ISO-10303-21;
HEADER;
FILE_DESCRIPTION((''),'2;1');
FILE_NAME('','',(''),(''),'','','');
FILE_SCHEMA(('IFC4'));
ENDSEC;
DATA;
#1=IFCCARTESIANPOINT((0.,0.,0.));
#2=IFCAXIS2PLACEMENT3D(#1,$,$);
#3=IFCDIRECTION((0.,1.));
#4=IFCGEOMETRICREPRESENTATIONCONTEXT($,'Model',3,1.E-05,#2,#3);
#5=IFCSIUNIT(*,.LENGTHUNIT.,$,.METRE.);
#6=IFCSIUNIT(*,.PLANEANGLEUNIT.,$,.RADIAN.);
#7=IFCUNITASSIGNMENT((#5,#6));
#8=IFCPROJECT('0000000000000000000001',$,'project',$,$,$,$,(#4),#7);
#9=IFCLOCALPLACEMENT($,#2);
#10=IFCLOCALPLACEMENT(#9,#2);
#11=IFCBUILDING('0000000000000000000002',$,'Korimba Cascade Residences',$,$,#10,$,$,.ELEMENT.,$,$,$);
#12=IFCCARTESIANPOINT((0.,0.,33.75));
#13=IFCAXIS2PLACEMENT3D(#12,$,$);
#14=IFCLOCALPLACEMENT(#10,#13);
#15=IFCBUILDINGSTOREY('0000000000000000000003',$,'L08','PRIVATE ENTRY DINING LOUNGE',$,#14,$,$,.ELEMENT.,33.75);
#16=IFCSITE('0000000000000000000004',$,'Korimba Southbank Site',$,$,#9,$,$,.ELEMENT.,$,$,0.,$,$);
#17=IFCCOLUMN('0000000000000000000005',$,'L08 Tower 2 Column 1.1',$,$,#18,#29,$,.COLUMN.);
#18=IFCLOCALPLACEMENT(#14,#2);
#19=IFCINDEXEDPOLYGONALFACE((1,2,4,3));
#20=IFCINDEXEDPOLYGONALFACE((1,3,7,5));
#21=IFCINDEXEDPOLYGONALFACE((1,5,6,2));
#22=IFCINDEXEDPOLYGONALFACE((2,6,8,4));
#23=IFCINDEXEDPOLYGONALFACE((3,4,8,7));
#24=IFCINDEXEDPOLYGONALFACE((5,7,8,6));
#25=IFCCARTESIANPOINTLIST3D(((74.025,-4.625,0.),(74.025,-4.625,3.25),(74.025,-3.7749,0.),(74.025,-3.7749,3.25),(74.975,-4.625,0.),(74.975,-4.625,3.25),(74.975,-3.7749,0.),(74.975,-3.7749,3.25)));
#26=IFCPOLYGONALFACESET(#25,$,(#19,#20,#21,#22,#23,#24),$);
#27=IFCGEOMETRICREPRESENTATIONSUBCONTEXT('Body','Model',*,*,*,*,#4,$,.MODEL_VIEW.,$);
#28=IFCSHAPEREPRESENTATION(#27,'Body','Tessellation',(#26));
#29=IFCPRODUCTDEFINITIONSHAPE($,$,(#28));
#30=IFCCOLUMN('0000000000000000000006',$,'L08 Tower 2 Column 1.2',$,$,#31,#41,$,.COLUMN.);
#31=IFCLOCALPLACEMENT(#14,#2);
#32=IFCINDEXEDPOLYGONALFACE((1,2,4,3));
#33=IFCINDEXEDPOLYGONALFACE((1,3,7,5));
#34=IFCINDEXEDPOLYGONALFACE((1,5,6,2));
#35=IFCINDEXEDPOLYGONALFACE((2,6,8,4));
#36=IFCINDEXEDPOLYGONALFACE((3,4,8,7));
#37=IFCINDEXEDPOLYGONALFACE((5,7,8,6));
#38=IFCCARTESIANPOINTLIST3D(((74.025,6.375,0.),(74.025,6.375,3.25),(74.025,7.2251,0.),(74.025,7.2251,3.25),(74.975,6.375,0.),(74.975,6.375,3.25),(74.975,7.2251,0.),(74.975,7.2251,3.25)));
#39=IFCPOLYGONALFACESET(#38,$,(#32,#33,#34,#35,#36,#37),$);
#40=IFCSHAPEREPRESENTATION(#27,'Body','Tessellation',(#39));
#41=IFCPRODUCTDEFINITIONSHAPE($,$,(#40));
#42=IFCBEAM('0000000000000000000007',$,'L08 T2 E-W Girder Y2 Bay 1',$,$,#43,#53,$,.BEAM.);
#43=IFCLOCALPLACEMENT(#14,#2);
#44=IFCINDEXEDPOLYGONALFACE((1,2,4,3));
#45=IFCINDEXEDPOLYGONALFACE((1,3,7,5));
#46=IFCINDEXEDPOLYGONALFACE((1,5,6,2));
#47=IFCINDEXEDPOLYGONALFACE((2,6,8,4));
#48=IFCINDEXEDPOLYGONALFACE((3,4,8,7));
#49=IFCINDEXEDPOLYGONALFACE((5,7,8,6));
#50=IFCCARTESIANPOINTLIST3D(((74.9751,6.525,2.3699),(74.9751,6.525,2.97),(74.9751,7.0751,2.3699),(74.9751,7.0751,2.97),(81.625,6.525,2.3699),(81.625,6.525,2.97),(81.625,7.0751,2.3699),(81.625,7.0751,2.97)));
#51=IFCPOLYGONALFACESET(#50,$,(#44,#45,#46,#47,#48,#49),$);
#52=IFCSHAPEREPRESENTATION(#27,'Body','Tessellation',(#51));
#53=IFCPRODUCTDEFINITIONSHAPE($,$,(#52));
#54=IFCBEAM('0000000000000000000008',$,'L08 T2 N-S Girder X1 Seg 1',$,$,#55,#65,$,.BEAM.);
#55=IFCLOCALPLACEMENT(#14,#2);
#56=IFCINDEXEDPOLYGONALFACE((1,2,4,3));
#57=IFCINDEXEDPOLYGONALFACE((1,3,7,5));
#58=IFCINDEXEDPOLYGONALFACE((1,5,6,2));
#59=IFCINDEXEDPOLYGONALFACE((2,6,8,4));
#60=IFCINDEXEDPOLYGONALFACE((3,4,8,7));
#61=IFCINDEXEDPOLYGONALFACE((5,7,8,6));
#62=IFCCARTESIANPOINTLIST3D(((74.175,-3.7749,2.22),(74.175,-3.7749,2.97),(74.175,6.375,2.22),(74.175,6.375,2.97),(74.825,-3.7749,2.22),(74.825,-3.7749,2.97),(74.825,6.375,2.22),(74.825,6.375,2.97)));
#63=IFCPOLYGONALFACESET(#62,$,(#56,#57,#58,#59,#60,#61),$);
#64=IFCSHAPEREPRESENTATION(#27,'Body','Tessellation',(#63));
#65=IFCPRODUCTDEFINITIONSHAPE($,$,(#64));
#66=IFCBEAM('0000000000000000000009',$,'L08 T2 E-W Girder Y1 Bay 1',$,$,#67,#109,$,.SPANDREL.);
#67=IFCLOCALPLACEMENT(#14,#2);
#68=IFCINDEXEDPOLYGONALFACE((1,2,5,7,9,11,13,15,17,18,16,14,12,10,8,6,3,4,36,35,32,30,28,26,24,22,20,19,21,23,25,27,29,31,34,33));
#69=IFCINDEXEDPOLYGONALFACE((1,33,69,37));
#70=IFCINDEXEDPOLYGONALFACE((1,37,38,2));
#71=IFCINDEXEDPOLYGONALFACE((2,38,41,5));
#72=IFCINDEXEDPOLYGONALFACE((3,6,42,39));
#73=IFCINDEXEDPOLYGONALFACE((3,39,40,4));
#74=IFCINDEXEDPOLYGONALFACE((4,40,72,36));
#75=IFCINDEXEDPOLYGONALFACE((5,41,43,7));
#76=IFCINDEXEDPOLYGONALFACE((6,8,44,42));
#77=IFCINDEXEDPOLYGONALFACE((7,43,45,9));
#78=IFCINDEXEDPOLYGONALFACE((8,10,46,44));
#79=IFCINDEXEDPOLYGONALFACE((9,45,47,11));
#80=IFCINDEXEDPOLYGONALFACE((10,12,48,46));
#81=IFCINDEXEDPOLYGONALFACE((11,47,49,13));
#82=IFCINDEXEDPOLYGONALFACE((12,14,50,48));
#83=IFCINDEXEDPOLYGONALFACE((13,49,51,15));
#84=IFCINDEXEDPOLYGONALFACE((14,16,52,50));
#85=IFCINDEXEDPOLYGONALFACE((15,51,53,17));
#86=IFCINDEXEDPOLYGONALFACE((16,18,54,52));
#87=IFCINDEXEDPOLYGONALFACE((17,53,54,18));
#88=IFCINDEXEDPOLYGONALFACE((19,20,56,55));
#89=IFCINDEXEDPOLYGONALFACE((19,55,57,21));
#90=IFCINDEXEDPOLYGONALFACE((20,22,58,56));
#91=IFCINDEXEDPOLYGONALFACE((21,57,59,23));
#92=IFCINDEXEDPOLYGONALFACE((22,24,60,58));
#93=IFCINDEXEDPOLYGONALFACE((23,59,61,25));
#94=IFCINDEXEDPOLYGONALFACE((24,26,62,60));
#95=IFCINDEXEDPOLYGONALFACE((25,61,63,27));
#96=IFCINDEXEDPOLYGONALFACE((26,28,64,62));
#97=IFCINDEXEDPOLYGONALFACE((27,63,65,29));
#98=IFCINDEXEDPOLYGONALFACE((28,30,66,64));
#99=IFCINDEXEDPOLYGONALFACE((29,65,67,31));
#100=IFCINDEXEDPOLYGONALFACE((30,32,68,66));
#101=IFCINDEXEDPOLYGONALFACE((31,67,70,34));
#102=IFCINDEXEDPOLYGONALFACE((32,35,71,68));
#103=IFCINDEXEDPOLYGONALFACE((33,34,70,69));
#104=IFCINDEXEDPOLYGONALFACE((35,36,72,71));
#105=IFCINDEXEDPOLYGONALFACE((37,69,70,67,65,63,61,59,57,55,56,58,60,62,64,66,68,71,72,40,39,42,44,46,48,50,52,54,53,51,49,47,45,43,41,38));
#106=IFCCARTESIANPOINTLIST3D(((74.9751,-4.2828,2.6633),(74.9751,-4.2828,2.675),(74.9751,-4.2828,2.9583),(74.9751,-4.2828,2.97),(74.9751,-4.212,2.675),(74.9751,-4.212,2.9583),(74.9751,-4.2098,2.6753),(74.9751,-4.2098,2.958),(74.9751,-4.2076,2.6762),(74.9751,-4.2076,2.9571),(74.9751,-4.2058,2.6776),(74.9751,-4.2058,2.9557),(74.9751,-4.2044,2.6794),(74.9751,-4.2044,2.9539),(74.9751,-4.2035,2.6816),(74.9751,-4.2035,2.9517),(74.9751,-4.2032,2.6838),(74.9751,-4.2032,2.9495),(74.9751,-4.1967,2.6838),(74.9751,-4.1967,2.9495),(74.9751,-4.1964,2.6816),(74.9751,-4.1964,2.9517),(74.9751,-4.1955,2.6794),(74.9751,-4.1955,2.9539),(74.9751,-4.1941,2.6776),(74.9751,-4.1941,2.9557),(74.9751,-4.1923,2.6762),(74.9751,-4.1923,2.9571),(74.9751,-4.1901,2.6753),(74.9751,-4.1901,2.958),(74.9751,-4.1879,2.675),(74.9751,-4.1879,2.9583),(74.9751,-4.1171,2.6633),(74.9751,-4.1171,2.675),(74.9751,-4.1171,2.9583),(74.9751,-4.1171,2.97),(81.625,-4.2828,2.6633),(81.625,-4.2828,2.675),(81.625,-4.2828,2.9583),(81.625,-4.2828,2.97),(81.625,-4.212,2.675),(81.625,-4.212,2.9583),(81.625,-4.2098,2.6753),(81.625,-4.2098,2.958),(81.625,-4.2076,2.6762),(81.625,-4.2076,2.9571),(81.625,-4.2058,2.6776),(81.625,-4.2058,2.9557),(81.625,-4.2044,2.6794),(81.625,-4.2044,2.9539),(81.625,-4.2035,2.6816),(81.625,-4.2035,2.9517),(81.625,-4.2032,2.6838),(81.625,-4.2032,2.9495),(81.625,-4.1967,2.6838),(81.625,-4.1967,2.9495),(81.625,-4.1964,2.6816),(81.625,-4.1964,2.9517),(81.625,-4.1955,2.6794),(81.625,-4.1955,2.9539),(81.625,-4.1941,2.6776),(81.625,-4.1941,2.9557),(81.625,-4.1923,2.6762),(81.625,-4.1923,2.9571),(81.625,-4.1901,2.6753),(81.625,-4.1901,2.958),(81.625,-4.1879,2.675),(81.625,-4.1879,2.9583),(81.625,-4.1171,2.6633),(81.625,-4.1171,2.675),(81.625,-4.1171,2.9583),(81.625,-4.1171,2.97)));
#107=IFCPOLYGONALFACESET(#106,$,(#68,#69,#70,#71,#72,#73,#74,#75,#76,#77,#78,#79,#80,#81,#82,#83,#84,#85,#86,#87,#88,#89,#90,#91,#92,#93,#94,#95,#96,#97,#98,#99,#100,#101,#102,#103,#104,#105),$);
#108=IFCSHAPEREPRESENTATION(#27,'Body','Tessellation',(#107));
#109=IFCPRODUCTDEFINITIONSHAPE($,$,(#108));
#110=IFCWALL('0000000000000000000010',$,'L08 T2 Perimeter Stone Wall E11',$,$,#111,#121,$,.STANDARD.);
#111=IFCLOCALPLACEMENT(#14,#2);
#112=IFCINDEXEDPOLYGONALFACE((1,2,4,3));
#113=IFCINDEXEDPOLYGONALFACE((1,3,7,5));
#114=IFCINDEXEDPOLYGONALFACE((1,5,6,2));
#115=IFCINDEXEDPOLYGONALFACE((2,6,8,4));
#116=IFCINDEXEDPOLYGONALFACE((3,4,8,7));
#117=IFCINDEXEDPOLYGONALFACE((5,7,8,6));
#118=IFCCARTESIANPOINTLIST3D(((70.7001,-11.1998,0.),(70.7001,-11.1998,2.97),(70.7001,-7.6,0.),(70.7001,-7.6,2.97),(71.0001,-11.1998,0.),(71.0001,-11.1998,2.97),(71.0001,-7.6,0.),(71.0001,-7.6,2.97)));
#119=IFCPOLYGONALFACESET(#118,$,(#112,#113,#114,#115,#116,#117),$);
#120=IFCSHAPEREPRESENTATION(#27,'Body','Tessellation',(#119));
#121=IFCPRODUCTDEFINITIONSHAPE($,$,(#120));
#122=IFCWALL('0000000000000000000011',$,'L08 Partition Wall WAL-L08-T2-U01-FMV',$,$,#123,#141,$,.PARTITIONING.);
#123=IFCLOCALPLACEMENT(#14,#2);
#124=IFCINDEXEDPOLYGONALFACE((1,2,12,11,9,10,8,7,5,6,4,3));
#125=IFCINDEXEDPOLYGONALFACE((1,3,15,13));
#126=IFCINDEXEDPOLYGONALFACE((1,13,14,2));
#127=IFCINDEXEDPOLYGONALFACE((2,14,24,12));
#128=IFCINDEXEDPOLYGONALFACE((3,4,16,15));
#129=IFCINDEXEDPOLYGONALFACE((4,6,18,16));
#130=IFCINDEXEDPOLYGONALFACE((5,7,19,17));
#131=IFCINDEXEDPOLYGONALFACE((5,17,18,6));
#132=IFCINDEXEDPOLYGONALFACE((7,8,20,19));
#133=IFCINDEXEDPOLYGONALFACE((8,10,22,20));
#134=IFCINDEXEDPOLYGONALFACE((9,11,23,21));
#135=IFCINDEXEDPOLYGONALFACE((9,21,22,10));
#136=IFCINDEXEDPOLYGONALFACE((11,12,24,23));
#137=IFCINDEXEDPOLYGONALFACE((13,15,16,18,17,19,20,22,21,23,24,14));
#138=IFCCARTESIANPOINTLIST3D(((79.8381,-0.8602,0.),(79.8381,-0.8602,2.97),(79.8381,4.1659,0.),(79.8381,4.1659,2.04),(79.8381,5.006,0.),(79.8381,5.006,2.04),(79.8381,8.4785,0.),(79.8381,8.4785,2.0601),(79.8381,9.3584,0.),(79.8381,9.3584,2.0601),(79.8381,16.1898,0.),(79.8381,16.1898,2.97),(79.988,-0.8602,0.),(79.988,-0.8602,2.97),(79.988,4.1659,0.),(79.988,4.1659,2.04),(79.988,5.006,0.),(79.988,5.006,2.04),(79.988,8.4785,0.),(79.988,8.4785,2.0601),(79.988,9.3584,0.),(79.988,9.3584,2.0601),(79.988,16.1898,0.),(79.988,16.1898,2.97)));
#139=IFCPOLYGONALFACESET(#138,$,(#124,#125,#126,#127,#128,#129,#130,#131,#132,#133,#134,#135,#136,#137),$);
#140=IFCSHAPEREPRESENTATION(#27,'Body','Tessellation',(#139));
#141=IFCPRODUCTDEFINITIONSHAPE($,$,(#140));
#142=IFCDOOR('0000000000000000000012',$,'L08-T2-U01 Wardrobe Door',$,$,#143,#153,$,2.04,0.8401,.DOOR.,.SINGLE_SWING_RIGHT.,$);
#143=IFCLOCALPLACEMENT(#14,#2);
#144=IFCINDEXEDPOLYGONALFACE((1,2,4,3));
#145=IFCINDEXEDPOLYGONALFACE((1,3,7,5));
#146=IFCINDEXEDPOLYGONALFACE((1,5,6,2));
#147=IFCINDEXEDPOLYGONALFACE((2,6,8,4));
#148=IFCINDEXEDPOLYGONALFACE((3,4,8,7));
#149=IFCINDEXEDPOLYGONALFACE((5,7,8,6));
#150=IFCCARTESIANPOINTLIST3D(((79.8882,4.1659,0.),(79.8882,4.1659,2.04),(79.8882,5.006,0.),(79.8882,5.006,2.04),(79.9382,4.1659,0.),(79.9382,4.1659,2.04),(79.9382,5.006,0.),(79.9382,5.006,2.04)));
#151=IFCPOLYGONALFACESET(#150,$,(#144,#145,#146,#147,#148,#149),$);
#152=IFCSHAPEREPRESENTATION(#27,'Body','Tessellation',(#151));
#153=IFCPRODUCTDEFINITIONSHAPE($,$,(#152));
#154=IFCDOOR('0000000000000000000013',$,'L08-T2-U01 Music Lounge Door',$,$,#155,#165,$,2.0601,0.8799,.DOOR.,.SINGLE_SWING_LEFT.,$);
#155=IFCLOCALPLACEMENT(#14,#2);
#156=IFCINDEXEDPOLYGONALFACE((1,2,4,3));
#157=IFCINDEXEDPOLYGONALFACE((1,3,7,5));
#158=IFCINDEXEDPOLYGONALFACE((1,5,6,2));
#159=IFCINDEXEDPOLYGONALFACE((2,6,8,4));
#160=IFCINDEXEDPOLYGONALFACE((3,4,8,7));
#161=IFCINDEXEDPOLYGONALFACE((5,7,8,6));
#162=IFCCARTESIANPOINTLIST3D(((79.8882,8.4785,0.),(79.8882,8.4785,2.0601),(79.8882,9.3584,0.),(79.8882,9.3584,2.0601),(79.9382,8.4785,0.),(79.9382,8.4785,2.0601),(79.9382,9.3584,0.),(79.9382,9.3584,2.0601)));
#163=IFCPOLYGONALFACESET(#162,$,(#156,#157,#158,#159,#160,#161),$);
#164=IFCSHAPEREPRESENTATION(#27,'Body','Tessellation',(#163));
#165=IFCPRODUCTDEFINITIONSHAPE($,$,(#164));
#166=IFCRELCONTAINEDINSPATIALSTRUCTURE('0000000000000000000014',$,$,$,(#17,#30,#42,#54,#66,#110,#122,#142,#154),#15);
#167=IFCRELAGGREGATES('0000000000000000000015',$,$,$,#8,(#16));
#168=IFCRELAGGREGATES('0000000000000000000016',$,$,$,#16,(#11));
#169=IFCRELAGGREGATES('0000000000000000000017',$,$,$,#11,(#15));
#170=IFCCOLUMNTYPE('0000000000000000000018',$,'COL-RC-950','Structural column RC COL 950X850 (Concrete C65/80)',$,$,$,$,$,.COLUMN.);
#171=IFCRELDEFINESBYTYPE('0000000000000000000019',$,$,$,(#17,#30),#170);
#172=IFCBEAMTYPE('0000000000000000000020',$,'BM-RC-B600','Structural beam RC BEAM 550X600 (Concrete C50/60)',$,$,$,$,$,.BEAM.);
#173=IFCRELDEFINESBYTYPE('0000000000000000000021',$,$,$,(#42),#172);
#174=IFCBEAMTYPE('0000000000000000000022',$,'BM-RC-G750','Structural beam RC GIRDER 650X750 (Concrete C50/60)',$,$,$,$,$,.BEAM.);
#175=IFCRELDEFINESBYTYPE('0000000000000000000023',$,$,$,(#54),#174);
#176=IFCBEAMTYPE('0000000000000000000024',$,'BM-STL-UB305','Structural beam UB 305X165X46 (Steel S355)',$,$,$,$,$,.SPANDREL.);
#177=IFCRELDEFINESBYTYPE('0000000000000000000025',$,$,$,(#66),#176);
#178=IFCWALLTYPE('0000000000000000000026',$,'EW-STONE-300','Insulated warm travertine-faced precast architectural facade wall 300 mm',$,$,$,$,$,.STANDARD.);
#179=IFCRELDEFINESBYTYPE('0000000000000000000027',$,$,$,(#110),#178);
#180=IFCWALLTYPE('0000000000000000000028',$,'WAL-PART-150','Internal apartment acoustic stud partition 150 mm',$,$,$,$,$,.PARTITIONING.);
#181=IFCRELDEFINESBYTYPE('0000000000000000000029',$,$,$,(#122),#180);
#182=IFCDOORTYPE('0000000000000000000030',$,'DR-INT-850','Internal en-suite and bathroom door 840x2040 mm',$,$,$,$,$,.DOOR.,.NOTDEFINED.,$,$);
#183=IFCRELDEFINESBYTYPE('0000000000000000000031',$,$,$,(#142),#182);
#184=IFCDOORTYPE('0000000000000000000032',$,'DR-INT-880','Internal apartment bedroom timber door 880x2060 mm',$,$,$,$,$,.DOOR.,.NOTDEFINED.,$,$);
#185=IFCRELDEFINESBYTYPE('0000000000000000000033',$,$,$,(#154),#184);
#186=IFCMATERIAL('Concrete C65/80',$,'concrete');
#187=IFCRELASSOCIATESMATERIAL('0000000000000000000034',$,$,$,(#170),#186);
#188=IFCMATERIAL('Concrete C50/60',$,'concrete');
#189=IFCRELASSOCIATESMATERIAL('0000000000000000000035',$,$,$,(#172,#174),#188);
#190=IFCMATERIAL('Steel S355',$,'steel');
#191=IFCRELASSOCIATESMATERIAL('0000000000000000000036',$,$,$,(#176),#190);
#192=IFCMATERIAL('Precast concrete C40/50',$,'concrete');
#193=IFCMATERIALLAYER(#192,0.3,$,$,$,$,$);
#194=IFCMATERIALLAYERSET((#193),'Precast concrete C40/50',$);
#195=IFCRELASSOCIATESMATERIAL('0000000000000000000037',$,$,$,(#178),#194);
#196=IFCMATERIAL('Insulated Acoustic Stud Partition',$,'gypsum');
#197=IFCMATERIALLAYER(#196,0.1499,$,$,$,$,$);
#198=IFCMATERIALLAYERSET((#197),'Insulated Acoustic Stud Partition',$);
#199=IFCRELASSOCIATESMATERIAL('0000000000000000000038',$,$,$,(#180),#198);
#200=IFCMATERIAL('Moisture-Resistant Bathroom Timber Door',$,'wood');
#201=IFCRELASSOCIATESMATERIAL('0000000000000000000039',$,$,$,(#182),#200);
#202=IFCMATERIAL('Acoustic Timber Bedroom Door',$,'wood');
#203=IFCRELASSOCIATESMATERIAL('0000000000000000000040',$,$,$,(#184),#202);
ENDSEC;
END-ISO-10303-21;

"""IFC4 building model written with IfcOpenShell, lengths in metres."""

from ifc_helpers import new_model, si_unit, direction, frame, frame_2d, origin, origin_2d, place, context, subcontext, project, spatial, rectangle, i_section, extrude, material, layer, layer_set, material_profile, profile_set, type_object, element, fill, save


model = new_model("IFC4")

# Units and contexts
model_context = context("Model", 3, precision=1e-05, world=origin(), true_north=direction((0.0, 1.0)))
body_context = subcontext(model_context, "Body", "Model", "MODEL_VIEW")
ifc_project = project(units=[si_unit("LENGTHUNIT", "METRE"), si_unit("PLANEANGLEUNIT", "RADIAN")], contexts=[model_context])

# Site, building, storey
site_placement = place(None, origin())
site = spatial("IfcSite", under=ifc_project, at=site_placement, Name="Korimba Southbank Site", CompositionType="ELEMENT", RefElevation=0.0)
building_placement = place(site_placement, origin())
building = spatial("IfcBuilding", under=site, at=building_placement, Name="Korimba Cascade Residences", CompositionType="ELEMENT")
storey_placement = place(building_placement, frame((0.0, 0.0, 33.75)))
storey = spatial("IfcBuildingStorey", under=building, at=storey_placement, Name="L08", Description="PRIVATE ENTRY DINING LOUNGE", CompositionType="ELEMENT", Elevation=33.75)

# Columns
ifc_material_1 = material(Name="Concrete C65/80", Category="concrete")
ifc_material_profile_1 = material_profile(ifc_material_1, rectangle(XDim=0.95, YDim=0.8501, at=origin_2d()), Name="Concrete C65/80")
ifc_profile_set_1 = profile_set([ifc_material_profile_1], Name="Concrete C65/80")
column_type = type_object("IfcColumnType", Name="COL-RC-950", Description="Structural column RC COL 950X850 (Concrete C65/80)", PredefinedType="COLUMN", material=ifc_profile_set_1)
for number, where, z_axis, x_axis, name in (
    (1, (74.5, -4.2, 0.0), (0.0, 0.0, 1.0), (1.0, 0.0, 0.0), "L08 Tower 2 Column 1.1"),
    (2, (74.5, 6.8, 0.0), (0.0, 0.0, 1.0), (1.0, 0.0, 0.0), "L08 Tower 2 Column 1.2"),
):
    element("IfcColumn", number, at=place(storey_placement, frame(where, z_axis=z_axis, x_axis=x_axis)), inside=storey, type_object=column_type, Name=name, PredefinedType="COLUMN", context=body_context, shape_type="SweptSolid", body=[
        extrude(rectangle(XDim=0.95, YDim=0.8501, at=origin_2d()), origin(), (0.0, 0.0, 1.0), 3.25),
    ])

# Beams
ifc_material_2 = material(Name="Concrete C50/60", Category="concrete")
ifc_material_profile_2 = material_profile(ifc_material_2, rectangle(XDim=0.55, YDim=0.6001, at=origin_2d()), Name="Concrete C50/60")
ifc_profile_set_2 = profile_set([ifc_material_profile_2], Name="Concrete C50/60")
beam_type_1 = type_object("IfcBeamType", Name="BM-RC-B600", Description="Structural beam RC BEAM 550X600 (Concrete C50/60)", PredefinedType="BEAM", material=ifc_profile_set_2)
beam_1_placement = place(storey_placement, frame((74.9751, 6.8, 2.6699), z_axis=(1.0, 0.0, 0.0), x_axis=(0.0, 1.0, 0.0)))
element("IfcBeam", 3, at=beam_1_placement, inside=storey, type_object=beam_type_1, Name="L08 T2 E-W Girder Y2 Bay 1", PredefinedType="BEAM", context=body_context, shape_type="SweptSolid", body=[
    extrude(rectangle(XDim=0.55, YDim=0.6001, at=origin_2d()), origin(), (0.0, 0.0, 1.0), 6.6499),
])
ifc_material_profile_3 = material_profile(ifc_material_2, rectangle(XDim=0.6499, YDim=0.75, at=origin_2d()), Name="Concrete C50/60")
ifc_profile_set_3 = profile_set([ifc_material_profile_3], Name="Concrete C50/60")
beam_type_2 = type_object("IfcBeamType", Name="BM-RC-G750", Description="Structural beam RC GIRDER 650X750 (Concrete C50/60)", PredefinedType="BEAM", material=ifc_profile_set_3)
beam_2_placement = place(storey_placement, frame((74.5, -3.7749, 2.595), z_axis=(0.0, 1.0, 0.0), x_axis=(-1.0, 0.0, 0.0)))
element("IfcBeam", 4, at=beam_2_placement, inside=storey, type_object=beam_type_2, Name="L08 T2 N-S Girder X1 Seg 1", PredefinedType="BEAM", context=body_context, shape_type="SweptSolid", body=[
    extrude(rectangle(XDim=0.6499, YDim=0.75, at=origin_2d()), origin(), (0.0, 0.0, 1.0), 10.1499),
])
ifc_material_3 = material(Name="Steel S355", Category="steel")
ifc_material_profile_4 = material_profile(ifc_material_3, i_section(OverallWidth=0.1658, OverallDepth=0.3066, WebThickness=0.0066, FlangeThickness=0.0117, FilletRadius=0.0088, at=origin_2d()), Name="Steel S355")
ifc_profile_set_4 = profile_set([ifc_material_profile_4], Name="Steel S355")
beam_type_3 = type_object("IfcBeamType", Name="BM-STL-UB305", Description="Structural beam UB 305X165X46 (Steel S355)", PredefinedType="SPANDREL", material=ifc_profile_set_4)
beam_3_placement = place(storey_placement, frame((74.9751, -4.2, 2.8167), z_axis=(1.0, 0.0, 0.0), x_axis=(0.0, 1.0, 0.0)))
element("IfcBeam", 5, at=beam_3_placement, inside=storey, type_object=beam_type_3, Name="L08 T2 E-W Girder Y1 Bay 1", PredefinedType="SPANDREL", context=body_context, shape_type="SweptSolid", body=[
    extrude(i_section(OverallWidth=0.1658, OverallDepth=0.3066, WebThickness=0.0066, FlangeThickness=0.0117, FilletRadius=0.0088, at=origin_2d()), origin(), (0.0, 0.0, 1.0), 6.6499),
])

# Wall
ifc_material_4 = material(Name="Precast concrete C40/50", Category="concrete")
ifc_layer_1 = layer(ifc_material_4, 0.3)
ifc_layer_set_1 = layer_set([ifc_layer_1], Name="Precast concrete C40/50")
wall_type_1 = type_object("IfcWallType", Name="EW-STONE-300", Description="Insulated warm travertine-faced precast architectural facade wall 300 mm", PredefinedType="STANDARD", material=ifc_layer_set_1)
wall_1_placement = place(storey_placement, frame((70.8501, -7.6001, 0.0), z_axis=(0.0, 0.0, 1.0), x_axis=(0.0, -1.0, 0.0)))
element("IfcWall", 6, at=wall_1_placement, inside=storey, type_object=wall_type_1, Name="L08 T2 Perimeter Stone Wall E11", PredefinedType="STANDARD", context=body_context, shape_type="SweptSolid", body=[
    extrude(rectangle(XDim=3.5999, YDim=0.3, at=frame_2d((1.7998, 0.0))), origin(), (0.0, 0.0, 1.0), 2.97),
])

# Wall, openings, doors
ifc_material_5 = material(Name="Insulated Acoustic Stud Partition", Category="gypsum")
ifc_layer_2 = layer(ifc_material_5, 0.1499)
ifc_layer_set_2 = layer_set([ifc_layer_2], Name="Insulated Acoustic Stud Partition")
wall_type_2 = type_object("IfcWallType", Name="WAL-PART-150", Description="Internal apartment acoustic stud partition 150 mm", PredefinedType="PARTITIONING", material=ifc_layer_set_2)
wall_2_placement = place(storey_placement, frame((79.9131, -0.8601, 0.0), z_axis=(0.0, 0.0, 1.0), x_axis=(0.0, 1.0, 0.0)))
wall_2 = element("IfcWall", 7, at=wall_2_placement, inside=storey, type_object=wall_type_2, Name="L08 Partition Wall WAL-L08-T2-U01-FMV", PredefinedType="PARTITIONING", context=body_context, shape_type="SweptSolid", body=[
    extrude(rectangle(XDim=17.05, YDim=0.1499, at=frame_2d((8.5249, 0.0))), origin(), (0.0, 0.0, 1.0), 2.97),
])
opening_1_placement = place(wall_2_placement, frame((5.0261, 0.0, 0.0)))
opening_1 = element("IfcOpeningElement", 8, at=opening_1_placement, cuts=wall_2, PredefinedType="OPENING", context=body_context, shape_type="SweptSolid", body=[
    extrude(rectangle(XDim=0.8401, YDim=2.04, at=frame_2d((0.4199, 1.02))), frame((0.0, 0.085, 0.0), z_axis=(0.0, -1.0, 0.0), x_axis=(1.0, 0.0, 0.0)), (0.0, 0.0, 1.0), 0.1699),
])
opening_2_placement = place(wall_2_placement, frame((9.3386, 0.0, 0.0)))
opening_2 = element("IfcOpeningElement", 9, at=opening_2_placement, cuts=wall_2, PredefinedType="OPENING", context=body_context, shape_type="SweptSolid", body=[
    extrude(rectangle(XDim=0.8799, YDim=2.0601, at=frame_2d((0.4399, 1.03))), frame((0.0, 0.085, 0.0), z_axis=(0.0, -1.0, 0.0), x_axis=(1.0, 0.0, 0.0)), (0.0, 0.0, 1.0), 0.1699),
])
ifc_material_6 = material(Name="Moisture-Resistant Bathroom Timber Door", Category="wood")
door_type_1 = type_object("IfcDoorType", Name="DR-INT-850", Description="Internal en-suite and bathroom door 840x2040 mm", OperationType="NOTDEFINED", PredefinedType="DOOR", material=ifc_material_6)
door_1_placement = place(opening_1_placement, origin())
door_1 = element("IfcDoor", 10, at=door_1_placement, inside=storey, type_object=door_type_1, Name="L08-T2-U01 Wardrobe Door", OperationType="SINGLE_SWING_RIGHT", OverallHeight=2.04, OverallWidth=0.8401, PredefinedType="DOOR", context=body_context, shape_type="SweptSolid", body=[
    extrude(rectangle(XDim=0.8401, YDim=2.04, at=frame_2d((0.4199, 1.02))), frame((0.0, 0.0249, 0.0), z_axis=(0.0, -1.0, 0.0), x_axis=(1.0, 0.0, 0.0)), (0.0, 0.0, 1.0), 0.05),
])
fill(opening_1, door_1)
ifc_material_7 = material(Name="Acoustic Timber Bedroom Door", Category="wood")
door_type_2 = type_object("IfcDoorType", Name="DR-INT-880", Description="Internal apartment bedroom timber door 880x2060 mm", OperationType="NOTDEFINED", PredefinedType="DOOR", material=ifc_material_7)
door_2_placement = place(opening_2_placement, origin())
door_2 = element("IfcDoor", 11, at=door_2_placement, inside=storey, type_object=door_type_2, Name="L08-T2-U01 Music Lounge Door", OperationType="SINGLE_SWING_LEFT", OverallHeight=2.0601, OverallWidth=0.8799, PredefinedType="DOOR", context=body_context, shape_type="SweptSolid", body=[
    extrude(rectangle(XDim=0.8799, YDim=2.0601, at=frame_2d((0.4399, 1.03))), frame((0.0, 0.0249, 0.0), z_axis=(0.0, -1.0, 0.0), x_axis=(1.0, 0.0, 0.0)), (0.0, 0.0, 1.0), 0.05),
])
fill(opening_2, door_2)

save(model, "model.ifc")
